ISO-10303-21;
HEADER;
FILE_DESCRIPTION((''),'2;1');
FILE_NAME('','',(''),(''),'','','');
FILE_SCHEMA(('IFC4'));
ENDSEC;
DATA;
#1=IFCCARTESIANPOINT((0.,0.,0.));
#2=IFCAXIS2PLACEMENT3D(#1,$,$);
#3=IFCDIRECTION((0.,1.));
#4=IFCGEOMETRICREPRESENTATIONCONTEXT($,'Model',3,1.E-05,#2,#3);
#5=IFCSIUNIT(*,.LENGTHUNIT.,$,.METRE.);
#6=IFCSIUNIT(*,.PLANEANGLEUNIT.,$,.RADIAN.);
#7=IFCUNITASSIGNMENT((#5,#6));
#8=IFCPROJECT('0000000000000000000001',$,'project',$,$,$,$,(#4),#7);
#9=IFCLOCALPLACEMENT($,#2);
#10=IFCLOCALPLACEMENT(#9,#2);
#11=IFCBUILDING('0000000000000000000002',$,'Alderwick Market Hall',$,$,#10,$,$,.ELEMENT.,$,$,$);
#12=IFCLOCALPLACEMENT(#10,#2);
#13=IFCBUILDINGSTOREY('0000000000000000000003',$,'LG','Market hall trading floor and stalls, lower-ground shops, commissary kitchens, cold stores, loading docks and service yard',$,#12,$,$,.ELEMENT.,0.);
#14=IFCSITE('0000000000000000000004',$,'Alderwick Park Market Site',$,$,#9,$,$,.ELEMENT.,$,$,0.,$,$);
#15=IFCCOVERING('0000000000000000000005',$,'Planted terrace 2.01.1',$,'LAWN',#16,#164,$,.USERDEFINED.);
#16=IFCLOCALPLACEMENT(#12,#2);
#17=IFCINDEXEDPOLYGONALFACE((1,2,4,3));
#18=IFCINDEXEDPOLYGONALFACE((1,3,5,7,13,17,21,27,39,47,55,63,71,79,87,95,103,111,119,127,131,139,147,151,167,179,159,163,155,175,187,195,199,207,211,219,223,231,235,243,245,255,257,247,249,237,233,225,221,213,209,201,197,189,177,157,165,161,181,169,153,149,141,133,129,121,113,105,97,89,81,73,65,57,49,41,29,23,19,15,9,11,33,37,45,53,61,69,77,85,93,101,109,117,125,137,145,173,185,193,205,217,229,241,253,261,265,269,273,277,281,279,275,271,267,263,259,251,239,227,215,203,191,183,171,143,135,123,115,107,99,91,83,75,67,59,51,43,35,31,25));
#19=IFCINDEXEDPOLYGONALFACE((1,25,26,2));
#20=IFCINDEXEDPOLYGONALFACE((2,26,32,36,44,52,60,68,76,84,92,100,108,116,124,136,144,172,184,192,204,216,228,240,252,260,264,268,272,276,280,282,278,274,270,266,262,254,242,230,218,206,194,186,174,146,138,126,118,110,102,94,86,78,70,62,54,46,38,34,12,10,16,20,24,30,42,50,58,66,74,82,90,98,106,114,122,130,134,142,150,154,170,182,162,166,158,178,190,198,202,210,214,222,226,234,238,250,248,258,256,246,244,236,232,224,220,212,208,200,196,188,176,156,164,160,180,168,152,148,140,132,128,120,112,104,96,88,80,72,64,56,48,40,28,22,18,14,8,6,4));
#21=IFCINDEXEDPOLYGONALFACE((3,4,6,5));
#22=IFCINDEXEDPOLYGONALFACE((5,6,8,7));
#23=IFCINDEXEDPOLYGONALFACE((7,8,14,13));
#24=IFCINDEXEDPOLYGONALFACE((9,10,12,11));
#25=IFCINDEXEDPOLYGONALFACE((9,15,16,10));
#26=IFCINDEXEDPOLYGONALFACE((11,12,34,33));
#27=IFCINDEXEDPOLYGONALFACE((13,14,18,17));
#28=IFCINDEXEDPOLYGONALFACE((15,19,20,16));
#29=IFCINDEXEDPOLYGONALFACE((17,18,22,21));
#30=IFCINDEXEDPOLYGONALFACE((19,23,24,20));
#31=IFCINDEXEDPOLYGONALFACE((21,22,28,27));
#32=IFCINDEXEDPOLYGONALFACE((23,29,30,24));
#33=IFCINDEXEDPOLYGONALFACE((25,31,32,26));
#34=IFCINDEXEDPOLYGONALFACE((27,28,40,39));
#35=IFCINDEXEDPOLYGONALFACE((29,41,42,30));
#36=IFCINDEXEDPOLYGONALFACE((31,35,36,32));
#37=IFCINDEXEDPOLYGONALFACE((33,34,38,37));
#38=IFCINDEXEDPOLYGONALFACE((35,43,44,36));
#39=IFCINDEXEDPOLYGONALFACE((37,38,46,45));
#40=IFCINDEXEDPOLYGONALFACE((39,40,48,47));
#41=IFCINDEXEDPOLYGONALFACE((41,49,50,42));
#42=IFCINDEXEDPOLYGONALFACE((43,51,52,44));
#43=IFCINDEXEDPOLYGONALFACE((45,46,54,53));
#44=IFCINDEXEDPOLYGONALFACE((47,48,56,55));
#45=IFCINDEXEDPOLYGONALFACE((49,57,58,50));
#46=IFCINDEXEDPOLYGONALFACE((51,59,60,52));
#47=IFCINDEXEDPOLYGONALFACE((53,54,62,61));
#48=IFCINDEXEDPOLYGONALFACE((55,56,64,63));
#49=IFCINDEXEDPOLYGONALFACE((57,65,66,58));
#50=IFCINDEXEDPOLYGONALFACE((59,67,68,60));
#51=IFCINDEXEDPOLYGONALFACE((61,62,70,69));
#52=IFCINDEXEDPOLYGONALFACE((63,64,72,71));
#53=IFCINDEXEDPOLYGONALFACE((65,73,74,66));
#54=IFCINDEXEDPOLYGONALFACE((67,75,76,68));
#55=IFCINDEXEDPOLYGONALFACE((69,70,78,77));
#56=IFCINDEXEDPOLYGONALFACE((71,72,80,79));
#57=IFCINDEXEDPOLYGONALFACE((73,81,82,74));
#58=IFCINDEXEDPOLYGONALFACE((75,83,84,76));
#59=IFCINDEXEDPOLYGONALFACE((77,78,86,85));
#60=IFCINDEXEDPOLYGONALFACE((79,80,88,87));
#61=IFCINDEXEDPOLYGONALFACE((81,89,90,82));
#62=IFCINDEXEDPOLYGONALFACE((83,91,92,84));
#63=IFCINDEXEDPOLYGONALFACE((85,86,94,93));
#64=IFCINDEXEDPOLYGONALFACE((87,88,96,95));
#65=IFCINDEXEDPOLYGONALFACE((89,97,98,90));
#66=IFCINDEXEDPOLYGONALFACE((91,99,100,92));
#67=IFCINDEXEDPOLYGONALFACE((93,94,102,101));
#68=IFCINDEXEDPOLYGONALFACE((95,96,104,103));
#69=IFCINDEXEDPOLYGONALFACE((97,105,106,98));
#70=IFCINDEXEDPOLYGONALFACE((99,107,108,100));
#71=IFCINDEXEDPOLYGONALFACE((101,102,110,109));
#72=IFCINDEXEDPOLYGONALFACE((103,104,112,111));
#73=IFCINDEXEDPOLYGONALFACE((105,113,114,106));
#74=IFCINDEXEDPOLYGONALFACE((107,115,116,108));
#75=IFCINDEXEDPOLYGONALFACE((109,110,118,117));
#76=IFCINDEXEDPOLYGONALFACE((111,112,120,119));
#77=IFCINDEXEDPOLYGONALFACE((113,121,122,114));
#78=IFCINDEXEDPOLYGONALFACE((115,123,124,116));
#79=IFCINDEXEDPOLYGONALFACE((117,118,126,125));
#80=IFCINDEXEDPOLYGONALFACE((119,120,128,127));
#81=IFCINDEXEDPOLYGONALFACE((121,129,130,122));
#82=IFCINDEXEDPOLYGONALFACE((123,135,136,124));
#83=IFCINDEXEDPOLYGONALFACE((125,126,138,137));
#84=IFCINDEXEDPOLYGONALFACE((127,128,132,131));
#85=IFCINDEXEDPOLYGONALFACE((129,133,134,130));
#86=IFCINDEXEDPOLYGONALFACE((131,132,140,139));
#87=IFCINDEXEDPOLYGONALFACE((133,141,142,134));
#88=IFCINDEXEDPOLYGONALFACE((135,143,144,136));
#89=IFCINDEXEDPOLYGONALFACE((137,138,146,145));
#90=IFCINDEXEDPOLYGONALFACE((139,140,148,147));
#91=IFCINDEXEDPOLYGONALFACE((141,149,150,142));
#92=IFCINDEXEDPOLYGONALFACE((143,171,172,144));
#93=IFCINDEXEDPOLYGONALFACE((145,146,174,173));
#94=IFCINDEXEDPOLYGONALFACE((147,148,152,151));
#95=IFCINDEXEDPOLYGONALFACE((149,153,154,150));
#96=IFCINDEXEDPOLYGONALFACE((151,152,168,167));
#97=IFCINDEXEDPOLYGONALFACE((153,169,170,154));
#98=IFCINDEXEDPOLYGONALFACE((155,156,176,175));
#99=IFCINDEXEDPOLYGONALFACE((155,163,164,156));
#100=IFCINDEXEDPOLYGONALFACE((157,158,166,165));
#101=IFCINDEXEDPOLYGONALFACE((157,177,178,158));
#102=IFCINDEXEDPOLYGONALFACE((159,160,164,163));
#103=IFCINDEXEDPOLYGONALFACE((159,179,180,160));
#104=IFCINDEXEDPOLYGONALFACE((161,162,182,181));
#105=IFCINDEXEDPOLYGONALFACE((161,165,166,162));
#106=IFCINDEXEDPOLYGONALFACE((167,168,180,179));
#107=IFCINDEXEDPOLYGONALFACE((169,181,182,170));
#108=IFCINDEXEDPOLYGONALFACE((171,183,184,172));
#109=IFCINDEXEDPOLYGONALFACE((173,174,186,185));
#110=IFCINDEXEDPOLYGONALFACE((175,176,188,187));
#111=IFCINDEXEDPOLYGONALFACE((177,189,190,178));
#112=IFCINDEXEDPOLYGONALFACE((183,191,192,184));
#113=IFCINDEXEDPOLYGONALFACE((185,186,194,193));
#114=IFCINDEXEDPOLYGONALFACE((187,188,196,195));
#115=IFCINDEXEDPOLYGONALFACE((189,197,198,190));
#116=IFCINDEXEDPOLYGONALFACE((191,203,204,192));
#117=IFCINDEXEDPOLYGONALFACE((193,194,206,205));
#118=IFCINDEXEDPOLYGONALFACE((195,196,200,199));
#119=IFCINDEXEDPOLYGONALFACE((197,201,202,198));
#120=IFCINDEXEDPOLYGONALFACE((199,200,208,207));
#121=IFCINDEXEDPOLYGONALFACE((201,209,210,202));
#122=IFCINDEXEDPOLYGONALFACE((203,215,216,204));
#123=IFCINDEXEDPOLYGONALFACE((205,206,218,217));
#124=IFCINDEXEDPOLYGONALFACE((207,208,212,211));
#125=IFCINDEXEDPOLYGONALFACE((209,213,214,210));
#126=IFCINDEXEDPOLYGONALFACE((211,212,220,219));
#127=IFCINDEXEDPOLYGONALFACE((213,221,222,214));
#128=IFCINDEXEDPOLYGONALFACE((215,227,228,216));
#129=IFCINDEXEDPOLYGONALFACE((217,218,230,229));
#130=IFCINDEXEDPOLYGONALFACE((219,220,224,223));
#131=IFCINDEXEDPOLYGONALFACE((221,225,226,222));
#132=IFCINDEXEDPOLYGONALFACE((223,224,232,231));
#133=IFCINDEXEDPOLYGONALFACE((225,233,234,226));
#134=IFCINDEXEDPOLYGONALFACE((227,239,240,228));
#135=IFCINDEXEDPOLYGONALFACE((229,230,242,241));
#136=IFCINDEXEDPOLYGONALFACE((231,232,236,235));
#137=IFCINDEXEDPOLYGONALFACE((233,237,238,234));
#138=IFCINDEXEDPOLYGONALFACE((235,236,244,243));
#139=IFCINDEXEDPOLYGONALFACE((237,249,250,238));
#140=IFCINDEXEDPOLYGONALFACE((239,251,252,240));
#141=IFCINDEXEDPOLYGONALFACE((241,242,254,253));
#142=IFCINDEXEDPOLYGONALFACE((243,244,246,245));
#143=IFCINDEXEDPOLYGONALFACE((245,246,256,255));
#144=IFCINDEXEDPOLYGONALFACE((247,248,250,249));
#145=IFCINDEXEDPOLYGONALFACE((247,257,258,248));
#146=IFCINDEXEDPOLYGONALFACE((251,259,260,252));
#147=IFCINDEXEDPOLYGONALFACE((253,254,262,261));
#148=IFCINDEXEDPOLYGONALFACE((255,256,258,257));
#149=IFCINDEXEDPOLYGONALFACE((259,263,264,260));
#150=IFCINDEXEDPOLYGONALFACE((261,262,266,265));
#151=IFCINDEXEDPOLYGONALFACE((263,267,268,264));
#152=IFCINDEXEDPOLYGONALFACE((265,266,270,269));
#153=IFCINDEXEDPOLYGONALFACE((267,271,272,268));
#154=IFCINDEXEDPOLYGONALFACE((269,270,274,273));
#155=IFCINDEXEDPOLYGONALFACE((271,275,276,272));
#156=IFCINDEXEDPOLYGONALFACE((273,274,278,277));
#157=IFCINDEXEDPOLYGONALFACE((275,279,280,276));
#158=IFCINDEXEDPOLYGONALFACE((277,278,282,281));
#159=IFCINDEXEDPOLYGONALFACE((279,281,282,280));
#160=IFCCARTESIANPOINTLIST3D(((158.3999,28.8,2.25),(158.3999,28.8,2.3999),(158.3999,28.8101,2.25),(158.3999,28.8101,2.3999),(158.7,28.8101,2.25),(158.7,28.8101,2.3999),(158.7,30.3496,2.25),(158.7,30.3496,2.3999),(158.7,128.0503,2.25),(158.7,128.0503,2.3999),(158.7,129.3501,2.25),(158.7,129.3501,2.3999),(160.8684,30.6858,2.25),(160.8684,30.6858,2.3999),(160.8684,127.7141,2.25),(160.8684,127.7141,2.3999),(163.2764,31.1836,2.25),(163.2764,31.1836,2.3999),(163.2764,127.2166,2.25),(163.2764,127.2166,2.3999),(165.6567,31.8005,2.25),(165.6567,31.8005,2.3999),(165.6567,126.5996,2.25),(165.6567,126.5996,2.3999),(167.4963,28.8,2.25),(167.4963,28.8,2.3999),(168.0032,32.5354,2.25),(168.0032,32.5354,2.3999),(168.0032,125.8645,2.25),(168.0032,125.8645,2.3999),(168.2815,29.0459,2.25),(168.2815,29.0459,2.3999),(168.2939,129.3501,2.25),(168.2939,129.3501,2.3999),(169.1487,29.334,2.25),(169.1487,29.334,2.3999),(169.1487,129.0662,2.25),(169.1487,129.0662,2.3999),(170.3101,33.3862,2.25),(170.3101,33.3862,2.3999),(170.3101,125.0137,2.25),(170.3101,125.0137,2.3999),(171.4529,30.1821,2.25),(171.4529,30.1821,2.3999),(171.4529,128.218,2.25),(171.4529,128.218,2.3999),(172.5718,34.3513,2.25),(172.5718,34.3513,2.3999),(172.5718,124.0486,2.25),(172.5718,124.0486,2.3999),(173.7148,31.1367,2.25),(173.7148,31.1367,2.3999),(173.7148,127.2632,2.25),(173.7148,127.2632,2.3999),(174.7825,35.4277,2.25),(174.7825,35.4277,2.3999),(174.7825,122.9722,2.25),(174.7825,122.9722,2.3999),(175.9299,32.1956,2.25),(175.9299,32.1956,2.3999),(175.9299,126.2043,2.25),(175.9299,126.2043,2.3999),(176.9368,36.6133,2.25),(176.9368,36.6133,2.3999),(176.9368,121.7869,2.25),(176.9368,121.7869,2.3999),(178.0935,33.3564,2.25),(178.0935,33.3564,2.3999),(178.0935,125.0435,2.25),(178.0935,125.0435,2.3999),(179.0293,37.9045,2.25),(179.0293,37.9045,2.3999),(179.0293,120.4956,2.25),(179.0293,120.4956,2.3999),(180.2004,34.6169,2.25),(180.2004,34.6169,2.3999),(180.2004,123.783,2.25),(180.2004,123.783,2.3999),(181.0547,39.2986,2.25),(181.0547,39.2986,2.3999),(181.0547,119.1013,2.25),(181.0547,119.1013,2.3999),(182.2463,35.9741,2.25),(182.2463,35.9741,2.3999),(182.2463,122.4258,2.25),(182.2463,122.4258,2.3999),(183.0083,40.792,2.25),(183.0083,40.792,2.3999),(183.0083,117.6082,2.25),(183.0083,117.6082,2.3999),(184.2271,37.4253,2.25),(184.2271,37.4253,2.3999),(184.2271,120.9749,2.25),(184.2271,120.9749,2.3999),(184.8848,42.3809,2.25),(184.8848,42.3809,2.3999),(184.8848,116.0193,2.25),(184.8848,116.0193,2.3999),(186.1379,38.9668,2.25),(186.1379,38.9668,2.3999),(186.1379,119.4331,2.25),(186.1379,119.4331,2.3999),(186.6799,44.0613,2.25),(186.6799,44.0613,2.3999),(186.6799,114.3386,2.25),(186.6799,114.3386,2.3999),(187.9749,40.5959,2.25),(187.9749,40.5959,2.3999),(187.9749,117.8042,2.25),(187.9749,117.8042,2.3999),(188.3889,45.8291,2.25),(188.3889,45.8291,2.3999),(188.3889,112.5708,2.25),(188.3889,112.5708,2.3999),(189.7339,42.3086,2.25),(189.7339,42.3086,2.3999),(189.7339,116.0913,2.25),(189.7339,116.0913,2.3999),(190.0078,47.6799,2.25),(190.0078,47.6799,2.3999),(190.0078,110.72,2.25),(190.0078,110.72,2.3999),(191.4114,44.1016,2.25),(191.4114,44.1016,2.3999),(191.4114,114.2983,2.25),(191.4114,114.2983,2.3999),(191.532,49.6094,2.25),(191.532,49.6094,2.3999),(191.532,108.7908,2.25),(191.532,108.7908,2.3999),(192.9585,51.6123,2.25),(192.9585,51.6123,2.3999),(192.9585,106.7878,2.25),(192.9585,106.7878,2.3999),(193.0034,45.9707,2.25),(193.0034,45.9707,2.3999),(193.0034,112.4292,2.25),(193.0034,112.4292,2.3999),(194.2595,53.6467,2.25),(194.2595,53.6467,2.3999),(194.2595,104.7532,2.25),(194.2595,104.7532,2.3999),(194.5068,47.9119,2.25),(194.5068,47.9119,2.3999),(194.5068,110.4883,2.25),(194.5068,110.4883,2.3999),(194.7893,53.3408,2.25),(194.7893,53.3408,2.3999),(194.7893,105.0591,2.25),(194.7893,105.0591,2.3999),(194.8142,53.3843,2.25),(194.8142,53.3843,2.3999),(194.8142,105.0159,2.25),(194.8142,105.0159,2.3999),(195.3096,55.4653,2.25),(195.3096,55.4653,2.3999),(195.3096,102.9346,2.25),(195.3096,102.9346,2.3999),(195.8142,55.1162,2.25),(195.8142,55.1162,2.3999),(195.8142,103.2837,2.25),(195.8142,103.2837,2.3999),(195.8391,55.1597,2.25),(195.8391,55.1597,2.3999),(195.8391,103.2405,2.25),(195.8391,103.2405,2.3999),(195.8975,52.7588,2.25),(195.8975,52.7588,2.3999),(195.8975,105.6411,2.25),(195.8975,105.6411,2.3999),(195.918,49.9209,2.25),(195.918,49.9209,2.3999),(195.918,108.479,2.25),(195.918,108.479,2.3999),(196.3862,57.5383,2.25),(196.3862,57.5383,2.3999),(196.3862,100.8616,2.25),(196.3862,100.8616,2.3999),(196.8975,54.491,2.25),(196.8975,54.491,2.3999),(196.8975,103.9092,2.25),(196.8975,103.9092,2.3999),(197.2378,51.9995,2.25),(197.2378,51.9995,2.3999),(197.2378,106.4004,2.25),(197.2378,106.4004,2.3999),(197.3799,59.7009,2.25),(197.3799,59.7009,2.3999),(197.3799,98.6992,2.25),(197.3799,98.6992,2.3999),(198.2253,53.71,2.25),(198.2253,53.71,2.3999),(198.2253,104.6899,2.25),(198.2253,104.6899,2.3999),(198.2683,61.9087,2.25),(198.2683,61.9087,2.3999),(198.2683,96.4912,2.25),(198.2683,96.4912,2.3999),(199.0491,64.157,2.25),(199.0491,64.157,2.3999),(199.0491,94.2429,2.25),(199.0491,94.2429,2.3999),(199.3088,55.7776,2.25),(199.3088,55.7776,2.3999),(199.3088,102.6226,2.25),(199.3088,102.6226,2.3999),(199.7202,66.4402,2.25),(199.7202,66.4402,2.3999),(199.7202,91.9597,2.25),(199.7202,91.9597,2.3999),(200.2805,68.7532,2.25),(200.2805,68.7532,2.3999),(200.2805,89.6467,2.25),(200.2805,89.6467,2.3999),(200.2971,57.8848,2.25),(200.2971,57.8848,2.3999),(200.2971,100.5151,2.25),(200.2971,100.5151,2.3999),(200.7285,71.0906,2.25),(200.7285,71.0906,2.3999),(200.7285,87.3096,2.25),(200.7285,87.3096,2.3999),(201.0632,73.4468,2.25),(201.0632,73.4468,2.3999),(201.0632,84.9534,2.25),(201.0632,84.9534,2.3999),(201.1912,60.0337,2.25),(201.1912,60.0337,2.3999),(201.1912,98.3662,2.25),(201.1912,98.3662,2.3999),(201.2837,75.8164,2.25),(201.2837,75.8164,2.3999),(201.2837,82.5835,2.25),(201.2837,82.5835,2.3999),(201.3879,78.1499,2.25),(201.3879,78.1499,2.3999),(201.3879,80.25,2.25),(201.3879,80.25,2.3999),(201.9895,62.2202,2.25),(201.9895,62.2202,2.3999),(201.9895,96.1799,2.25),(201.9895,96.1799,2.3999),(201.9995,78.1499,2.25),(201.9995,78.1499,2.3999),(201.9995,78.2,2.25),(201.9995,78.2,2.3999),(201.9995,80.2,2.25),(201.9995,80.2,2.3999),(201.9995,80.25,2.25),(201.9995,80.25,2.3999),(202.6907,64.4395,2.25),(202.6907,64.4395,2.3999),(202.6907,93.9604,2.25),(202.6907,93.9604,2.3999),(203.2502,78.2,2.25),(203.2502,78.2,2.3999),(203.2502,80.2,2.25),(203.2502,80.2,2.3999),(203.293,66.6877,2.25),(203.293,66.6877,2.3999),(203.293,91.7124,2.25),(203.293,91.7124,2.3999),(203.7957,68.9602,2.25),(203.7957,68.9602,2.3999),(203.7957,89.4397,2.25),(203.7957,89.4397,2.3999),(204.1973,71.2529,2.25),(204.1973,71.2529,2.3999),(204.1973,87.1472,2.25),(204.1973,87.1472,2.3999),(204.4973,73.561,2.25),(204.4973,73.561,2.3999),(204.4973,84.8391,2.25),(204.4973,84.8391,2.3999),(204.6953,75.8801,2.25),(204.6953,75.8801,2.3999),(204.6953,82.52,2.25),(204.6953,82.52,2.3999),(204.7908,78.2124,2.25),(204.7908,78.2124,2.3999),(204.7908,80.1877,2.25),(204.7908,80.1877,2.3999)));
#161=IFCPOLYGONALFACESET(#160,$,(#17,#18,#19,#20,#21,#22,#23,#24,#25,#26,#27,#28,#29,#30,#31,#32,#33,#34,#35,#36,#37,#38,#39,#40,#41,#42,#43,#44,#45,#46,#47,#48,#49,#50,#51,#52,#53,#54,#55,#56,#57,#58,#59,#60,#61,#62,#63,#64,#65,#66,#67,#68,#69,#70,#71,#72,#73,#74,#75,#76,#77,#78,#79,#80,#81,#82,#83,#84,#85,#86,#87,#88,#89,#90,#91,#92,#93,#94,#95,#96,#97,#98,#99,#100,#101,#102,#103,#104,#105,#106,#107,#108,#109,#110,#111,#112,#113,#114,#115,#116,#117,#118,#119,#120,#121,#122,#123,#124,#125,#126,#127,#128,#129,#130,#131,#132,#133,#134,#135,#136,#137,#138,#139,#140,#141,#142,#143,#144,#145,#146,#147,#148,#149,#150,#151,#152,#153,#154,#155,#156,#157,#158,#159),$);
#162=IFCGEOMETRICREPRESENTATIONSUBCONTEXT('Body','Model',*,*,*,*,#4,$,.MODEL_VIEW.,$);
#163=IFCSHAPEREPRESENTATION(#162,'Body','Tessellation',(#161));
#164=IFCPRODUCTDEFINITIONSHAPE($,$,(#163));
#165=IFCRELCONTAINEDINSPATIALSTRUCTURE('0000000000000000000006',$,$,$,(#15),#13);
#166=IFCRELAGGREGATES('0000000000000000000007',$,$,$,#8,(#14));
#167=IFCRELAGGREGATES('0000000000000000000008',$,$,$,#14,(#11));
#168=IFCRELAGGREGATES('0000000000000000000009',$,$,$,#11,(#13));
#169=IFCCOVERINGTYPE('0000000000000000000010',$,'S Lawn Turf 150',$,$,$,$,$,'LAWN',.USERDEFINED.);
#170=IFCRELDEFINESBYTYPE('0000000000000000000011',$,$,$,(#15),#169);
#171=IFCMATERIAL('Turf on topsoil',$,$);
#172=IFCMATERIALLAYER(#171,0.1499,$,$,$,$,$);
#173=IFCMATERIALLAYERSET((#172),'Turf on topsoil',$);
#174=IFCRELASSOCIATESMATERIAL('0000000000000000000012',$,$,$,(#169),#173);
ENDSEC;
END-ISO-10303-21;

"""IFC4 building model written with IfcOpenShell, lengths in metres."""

from ifc_helpers import new_model, si_unit, direction, frame, origin, place, context, subcontext, project, spatial, polyline, outline, extrude, material, layer, layer_set, type_object, element, save


model = new_model("IFC4")

# Units and contexts
model_context = context("Model", 3, precision=1e-05, world=origin(), true_north=direction((0.0, 1.0)))
body_context = subcontext(model_context, "Body", "Model", "MODEL_VIEW")
ifc_project = project(units=[si_unit("LENGTHUNIT", "METRE"), si_unit("PLANEANGLEUNIT", "RADIAN")], contexts=[model_context])

# Site, building, storey
site_placement = place(None, origin())
site = spatial("IfcSite", under=ifc_project, at=site_placement, Name="Alderwick Park Market Site", CompositionType="ELEMENT", RefElevation=0.0)
building_placement = place(site_placement, origin())
building = spatial("IfcBuilding", under=site, at=building_placement, Name="Alderwick Market Hall", CompositionType="ELEMENT")
storey_placement = place(building_placement, origin())
storey = spatial("IfcBuildingStorey", under=building, at=storey_placement, Name="LG", Description="Market hall trading floor and stalls, lower-ground shops, commissary kitchens, cold stores, loading docks and service yard", CompositionType="ELEMENT", Elevation=0.0)

# Covering
ifc_material_1 = material(Name="Turf on topsoil")
ifc_layer_1 = layer(ifc_material_1, 0.1499)
ifc_layer_set_1 = layer_set([ifc_layer_1], Name="Turf on topsoil")
covering_type = type_object("IfcCoveringType", Name="S Lawn Turf 150", ElementType="LAWN", PredefinedType="USERDEFINED", material=ifc_layer_set_1)
covering_placement = place(storey_placement, frame((0.0, 0.0, 2.25)))
element("IfcCovering", 1, at=covering_placement, inside=storey, type_object=covering_type, Name="Planted terrace 2.01.1", ObjectType="LAWN", PredefinedType="USERDEFINED", context=body_context, shape_type="SweptSolid", body=[
    extrude(outline(polyline([(163.2764, 31.1836), (160.8684, 30.6858), (158.7, 30.3496), (158.7, 28.8101), (158.3999, 28.8101), (158.3999, 28.8), (167.4963, 28.8), (168.2815, 29.0459), (169.1487, 29.334), (171.4529, 30.1821), (173.7148, 31.1367), (175.9299, 32.1956), (178.0935, 33.3564), (180.2004, 34.6169), (182.2463, 35.9741), (184.2271, 37.4253), (186.1379, 38.9668), (187.9749, 40.5959), (189.7339, 42.3086), (191.4114, 44.1016), (193.0034, 45.9707), (194.5068, 47.9119), (195.918, 49.9209), (197.2378, 51.9995), (198.2253, 53.71), (199.3088, 55.7776), (200.2971, 57.8848), (201.1912, 60.0337), (201.9895, 62.2202), (202.6907, 64.4395), (203.293, 66.6877), (203.7957, 68.9602), (204.1973, 71.2529), (204.4973, 73.561), (204.6953, 75.8801), (204.7908, 78.2124), (204.7908, 80.1877), (204.6953, 82.52), (204.4973, 84.8391), (204.1973, 87.1472), (203.7957, 89.4397), (203.293, 91.7124), (202.6907, 93.9604), (201.9895, 96.1799), (201.1912, 98.3662), (200.2971, 100.5151), (199.3088, 102.6226), (198.2253, 104.6899), (197.2378, 106.4004), (195.918, 108.479), (194.5068, 110.4883), (193.0034, 112.4292), (191.4114, 114.2983), (189.7339, 116.0913), (187.9749, 117.8042), (186.1379, 119.4331), (184.2271, 120.9749), (182.2463, 122.4258), (180.2004, 123.783), (178.0935, 125.0435), (175.9299, 126.2043), (173.7148, 127.2632), (171.4529, 128.218), (169.1487, 129.0662), (168.2939, 129.3501), (158.7, 129.3501), (158.7, 128.0503), (160.8684, 127.7141), (163.2764, 127.2166), (165.6567, 126.5996), (168.0032, 125.8645), (170.3101, 125.0137), (172.5718, 124.0486), (174.7825, 122.9722), (176.9368, 121.7869), (179.0293, 120.4956), (181.0547, 119.1013), (183.0083, 117.6082), (184.8848, 116.0193), (186.6799, 114.3386), (188.3889, 112.5708), (190.0078, 110.72), (191.532, 108.7908), (192.9585, 106.7878), (194.2595, 104.7532), (194.7893, 105.0591), (194.8142, 105.0159), (195.8975, 105.6411), (196.8975, 103.9092), (195.8142, 103.2837), (195.8391, 103.2405), (195.3096, 102.9346), (196.3862, 100.8616), (197.3799, 98.6992), (198.2683, 96.4912), (199.0491, 94.2429), (199.7202, 91.9597), (200.2805, 89.6467), (200.7285, 87.3096), (201.0632, 84.9534), (201.2837, 82.5835), (201.3879, 80.25), (201.9995, 80.25), (201.9995, 80.2), (203.2502, 80.2), (203.2502, 78.2), (201.9995, 78.2), (201.9995, 78.1499), (201.3879, 78.1499), (201.2837, 75.8164), (201.0632, 73.4468), (200.7285, 71.0906), (200.2805, 68.7532), (199.7202, 66.4402), (199.0491, 64.157), (198.2683, 61.9087), (197.3799, 59.7009), (196.3862, 57.5383), (195.3096, 55.4653), (195.8391, 55.1597), (195.8142, 55.1162), (196.8975, 54.491), (195.8975, 52.7588), (194.8142, 53.3843), (194.7893, 53.3408), (194.2595, 53.6467), (192.9585, 51.6123), (191.532, 49.6094), (190.0078, 47.6799), (188.3889, 45.8291), (186.6799, 44.0613), (184.8848, 42.3809), (183.0083, 40.792), (181.0547, 39.2986), (179.0293, 37.9045), (176.9368, 36.6133), (174.7825, 35.4277), (172.5718, 34.3513), (170.3101, 33.3862), (168.0032, 32.5354), (165.6567, 31.8005), (163.2764, 31.1836)])), origin(), (0.0, 0.0, 1.0), 0.1499),
])

save(model, "model.ifc")
